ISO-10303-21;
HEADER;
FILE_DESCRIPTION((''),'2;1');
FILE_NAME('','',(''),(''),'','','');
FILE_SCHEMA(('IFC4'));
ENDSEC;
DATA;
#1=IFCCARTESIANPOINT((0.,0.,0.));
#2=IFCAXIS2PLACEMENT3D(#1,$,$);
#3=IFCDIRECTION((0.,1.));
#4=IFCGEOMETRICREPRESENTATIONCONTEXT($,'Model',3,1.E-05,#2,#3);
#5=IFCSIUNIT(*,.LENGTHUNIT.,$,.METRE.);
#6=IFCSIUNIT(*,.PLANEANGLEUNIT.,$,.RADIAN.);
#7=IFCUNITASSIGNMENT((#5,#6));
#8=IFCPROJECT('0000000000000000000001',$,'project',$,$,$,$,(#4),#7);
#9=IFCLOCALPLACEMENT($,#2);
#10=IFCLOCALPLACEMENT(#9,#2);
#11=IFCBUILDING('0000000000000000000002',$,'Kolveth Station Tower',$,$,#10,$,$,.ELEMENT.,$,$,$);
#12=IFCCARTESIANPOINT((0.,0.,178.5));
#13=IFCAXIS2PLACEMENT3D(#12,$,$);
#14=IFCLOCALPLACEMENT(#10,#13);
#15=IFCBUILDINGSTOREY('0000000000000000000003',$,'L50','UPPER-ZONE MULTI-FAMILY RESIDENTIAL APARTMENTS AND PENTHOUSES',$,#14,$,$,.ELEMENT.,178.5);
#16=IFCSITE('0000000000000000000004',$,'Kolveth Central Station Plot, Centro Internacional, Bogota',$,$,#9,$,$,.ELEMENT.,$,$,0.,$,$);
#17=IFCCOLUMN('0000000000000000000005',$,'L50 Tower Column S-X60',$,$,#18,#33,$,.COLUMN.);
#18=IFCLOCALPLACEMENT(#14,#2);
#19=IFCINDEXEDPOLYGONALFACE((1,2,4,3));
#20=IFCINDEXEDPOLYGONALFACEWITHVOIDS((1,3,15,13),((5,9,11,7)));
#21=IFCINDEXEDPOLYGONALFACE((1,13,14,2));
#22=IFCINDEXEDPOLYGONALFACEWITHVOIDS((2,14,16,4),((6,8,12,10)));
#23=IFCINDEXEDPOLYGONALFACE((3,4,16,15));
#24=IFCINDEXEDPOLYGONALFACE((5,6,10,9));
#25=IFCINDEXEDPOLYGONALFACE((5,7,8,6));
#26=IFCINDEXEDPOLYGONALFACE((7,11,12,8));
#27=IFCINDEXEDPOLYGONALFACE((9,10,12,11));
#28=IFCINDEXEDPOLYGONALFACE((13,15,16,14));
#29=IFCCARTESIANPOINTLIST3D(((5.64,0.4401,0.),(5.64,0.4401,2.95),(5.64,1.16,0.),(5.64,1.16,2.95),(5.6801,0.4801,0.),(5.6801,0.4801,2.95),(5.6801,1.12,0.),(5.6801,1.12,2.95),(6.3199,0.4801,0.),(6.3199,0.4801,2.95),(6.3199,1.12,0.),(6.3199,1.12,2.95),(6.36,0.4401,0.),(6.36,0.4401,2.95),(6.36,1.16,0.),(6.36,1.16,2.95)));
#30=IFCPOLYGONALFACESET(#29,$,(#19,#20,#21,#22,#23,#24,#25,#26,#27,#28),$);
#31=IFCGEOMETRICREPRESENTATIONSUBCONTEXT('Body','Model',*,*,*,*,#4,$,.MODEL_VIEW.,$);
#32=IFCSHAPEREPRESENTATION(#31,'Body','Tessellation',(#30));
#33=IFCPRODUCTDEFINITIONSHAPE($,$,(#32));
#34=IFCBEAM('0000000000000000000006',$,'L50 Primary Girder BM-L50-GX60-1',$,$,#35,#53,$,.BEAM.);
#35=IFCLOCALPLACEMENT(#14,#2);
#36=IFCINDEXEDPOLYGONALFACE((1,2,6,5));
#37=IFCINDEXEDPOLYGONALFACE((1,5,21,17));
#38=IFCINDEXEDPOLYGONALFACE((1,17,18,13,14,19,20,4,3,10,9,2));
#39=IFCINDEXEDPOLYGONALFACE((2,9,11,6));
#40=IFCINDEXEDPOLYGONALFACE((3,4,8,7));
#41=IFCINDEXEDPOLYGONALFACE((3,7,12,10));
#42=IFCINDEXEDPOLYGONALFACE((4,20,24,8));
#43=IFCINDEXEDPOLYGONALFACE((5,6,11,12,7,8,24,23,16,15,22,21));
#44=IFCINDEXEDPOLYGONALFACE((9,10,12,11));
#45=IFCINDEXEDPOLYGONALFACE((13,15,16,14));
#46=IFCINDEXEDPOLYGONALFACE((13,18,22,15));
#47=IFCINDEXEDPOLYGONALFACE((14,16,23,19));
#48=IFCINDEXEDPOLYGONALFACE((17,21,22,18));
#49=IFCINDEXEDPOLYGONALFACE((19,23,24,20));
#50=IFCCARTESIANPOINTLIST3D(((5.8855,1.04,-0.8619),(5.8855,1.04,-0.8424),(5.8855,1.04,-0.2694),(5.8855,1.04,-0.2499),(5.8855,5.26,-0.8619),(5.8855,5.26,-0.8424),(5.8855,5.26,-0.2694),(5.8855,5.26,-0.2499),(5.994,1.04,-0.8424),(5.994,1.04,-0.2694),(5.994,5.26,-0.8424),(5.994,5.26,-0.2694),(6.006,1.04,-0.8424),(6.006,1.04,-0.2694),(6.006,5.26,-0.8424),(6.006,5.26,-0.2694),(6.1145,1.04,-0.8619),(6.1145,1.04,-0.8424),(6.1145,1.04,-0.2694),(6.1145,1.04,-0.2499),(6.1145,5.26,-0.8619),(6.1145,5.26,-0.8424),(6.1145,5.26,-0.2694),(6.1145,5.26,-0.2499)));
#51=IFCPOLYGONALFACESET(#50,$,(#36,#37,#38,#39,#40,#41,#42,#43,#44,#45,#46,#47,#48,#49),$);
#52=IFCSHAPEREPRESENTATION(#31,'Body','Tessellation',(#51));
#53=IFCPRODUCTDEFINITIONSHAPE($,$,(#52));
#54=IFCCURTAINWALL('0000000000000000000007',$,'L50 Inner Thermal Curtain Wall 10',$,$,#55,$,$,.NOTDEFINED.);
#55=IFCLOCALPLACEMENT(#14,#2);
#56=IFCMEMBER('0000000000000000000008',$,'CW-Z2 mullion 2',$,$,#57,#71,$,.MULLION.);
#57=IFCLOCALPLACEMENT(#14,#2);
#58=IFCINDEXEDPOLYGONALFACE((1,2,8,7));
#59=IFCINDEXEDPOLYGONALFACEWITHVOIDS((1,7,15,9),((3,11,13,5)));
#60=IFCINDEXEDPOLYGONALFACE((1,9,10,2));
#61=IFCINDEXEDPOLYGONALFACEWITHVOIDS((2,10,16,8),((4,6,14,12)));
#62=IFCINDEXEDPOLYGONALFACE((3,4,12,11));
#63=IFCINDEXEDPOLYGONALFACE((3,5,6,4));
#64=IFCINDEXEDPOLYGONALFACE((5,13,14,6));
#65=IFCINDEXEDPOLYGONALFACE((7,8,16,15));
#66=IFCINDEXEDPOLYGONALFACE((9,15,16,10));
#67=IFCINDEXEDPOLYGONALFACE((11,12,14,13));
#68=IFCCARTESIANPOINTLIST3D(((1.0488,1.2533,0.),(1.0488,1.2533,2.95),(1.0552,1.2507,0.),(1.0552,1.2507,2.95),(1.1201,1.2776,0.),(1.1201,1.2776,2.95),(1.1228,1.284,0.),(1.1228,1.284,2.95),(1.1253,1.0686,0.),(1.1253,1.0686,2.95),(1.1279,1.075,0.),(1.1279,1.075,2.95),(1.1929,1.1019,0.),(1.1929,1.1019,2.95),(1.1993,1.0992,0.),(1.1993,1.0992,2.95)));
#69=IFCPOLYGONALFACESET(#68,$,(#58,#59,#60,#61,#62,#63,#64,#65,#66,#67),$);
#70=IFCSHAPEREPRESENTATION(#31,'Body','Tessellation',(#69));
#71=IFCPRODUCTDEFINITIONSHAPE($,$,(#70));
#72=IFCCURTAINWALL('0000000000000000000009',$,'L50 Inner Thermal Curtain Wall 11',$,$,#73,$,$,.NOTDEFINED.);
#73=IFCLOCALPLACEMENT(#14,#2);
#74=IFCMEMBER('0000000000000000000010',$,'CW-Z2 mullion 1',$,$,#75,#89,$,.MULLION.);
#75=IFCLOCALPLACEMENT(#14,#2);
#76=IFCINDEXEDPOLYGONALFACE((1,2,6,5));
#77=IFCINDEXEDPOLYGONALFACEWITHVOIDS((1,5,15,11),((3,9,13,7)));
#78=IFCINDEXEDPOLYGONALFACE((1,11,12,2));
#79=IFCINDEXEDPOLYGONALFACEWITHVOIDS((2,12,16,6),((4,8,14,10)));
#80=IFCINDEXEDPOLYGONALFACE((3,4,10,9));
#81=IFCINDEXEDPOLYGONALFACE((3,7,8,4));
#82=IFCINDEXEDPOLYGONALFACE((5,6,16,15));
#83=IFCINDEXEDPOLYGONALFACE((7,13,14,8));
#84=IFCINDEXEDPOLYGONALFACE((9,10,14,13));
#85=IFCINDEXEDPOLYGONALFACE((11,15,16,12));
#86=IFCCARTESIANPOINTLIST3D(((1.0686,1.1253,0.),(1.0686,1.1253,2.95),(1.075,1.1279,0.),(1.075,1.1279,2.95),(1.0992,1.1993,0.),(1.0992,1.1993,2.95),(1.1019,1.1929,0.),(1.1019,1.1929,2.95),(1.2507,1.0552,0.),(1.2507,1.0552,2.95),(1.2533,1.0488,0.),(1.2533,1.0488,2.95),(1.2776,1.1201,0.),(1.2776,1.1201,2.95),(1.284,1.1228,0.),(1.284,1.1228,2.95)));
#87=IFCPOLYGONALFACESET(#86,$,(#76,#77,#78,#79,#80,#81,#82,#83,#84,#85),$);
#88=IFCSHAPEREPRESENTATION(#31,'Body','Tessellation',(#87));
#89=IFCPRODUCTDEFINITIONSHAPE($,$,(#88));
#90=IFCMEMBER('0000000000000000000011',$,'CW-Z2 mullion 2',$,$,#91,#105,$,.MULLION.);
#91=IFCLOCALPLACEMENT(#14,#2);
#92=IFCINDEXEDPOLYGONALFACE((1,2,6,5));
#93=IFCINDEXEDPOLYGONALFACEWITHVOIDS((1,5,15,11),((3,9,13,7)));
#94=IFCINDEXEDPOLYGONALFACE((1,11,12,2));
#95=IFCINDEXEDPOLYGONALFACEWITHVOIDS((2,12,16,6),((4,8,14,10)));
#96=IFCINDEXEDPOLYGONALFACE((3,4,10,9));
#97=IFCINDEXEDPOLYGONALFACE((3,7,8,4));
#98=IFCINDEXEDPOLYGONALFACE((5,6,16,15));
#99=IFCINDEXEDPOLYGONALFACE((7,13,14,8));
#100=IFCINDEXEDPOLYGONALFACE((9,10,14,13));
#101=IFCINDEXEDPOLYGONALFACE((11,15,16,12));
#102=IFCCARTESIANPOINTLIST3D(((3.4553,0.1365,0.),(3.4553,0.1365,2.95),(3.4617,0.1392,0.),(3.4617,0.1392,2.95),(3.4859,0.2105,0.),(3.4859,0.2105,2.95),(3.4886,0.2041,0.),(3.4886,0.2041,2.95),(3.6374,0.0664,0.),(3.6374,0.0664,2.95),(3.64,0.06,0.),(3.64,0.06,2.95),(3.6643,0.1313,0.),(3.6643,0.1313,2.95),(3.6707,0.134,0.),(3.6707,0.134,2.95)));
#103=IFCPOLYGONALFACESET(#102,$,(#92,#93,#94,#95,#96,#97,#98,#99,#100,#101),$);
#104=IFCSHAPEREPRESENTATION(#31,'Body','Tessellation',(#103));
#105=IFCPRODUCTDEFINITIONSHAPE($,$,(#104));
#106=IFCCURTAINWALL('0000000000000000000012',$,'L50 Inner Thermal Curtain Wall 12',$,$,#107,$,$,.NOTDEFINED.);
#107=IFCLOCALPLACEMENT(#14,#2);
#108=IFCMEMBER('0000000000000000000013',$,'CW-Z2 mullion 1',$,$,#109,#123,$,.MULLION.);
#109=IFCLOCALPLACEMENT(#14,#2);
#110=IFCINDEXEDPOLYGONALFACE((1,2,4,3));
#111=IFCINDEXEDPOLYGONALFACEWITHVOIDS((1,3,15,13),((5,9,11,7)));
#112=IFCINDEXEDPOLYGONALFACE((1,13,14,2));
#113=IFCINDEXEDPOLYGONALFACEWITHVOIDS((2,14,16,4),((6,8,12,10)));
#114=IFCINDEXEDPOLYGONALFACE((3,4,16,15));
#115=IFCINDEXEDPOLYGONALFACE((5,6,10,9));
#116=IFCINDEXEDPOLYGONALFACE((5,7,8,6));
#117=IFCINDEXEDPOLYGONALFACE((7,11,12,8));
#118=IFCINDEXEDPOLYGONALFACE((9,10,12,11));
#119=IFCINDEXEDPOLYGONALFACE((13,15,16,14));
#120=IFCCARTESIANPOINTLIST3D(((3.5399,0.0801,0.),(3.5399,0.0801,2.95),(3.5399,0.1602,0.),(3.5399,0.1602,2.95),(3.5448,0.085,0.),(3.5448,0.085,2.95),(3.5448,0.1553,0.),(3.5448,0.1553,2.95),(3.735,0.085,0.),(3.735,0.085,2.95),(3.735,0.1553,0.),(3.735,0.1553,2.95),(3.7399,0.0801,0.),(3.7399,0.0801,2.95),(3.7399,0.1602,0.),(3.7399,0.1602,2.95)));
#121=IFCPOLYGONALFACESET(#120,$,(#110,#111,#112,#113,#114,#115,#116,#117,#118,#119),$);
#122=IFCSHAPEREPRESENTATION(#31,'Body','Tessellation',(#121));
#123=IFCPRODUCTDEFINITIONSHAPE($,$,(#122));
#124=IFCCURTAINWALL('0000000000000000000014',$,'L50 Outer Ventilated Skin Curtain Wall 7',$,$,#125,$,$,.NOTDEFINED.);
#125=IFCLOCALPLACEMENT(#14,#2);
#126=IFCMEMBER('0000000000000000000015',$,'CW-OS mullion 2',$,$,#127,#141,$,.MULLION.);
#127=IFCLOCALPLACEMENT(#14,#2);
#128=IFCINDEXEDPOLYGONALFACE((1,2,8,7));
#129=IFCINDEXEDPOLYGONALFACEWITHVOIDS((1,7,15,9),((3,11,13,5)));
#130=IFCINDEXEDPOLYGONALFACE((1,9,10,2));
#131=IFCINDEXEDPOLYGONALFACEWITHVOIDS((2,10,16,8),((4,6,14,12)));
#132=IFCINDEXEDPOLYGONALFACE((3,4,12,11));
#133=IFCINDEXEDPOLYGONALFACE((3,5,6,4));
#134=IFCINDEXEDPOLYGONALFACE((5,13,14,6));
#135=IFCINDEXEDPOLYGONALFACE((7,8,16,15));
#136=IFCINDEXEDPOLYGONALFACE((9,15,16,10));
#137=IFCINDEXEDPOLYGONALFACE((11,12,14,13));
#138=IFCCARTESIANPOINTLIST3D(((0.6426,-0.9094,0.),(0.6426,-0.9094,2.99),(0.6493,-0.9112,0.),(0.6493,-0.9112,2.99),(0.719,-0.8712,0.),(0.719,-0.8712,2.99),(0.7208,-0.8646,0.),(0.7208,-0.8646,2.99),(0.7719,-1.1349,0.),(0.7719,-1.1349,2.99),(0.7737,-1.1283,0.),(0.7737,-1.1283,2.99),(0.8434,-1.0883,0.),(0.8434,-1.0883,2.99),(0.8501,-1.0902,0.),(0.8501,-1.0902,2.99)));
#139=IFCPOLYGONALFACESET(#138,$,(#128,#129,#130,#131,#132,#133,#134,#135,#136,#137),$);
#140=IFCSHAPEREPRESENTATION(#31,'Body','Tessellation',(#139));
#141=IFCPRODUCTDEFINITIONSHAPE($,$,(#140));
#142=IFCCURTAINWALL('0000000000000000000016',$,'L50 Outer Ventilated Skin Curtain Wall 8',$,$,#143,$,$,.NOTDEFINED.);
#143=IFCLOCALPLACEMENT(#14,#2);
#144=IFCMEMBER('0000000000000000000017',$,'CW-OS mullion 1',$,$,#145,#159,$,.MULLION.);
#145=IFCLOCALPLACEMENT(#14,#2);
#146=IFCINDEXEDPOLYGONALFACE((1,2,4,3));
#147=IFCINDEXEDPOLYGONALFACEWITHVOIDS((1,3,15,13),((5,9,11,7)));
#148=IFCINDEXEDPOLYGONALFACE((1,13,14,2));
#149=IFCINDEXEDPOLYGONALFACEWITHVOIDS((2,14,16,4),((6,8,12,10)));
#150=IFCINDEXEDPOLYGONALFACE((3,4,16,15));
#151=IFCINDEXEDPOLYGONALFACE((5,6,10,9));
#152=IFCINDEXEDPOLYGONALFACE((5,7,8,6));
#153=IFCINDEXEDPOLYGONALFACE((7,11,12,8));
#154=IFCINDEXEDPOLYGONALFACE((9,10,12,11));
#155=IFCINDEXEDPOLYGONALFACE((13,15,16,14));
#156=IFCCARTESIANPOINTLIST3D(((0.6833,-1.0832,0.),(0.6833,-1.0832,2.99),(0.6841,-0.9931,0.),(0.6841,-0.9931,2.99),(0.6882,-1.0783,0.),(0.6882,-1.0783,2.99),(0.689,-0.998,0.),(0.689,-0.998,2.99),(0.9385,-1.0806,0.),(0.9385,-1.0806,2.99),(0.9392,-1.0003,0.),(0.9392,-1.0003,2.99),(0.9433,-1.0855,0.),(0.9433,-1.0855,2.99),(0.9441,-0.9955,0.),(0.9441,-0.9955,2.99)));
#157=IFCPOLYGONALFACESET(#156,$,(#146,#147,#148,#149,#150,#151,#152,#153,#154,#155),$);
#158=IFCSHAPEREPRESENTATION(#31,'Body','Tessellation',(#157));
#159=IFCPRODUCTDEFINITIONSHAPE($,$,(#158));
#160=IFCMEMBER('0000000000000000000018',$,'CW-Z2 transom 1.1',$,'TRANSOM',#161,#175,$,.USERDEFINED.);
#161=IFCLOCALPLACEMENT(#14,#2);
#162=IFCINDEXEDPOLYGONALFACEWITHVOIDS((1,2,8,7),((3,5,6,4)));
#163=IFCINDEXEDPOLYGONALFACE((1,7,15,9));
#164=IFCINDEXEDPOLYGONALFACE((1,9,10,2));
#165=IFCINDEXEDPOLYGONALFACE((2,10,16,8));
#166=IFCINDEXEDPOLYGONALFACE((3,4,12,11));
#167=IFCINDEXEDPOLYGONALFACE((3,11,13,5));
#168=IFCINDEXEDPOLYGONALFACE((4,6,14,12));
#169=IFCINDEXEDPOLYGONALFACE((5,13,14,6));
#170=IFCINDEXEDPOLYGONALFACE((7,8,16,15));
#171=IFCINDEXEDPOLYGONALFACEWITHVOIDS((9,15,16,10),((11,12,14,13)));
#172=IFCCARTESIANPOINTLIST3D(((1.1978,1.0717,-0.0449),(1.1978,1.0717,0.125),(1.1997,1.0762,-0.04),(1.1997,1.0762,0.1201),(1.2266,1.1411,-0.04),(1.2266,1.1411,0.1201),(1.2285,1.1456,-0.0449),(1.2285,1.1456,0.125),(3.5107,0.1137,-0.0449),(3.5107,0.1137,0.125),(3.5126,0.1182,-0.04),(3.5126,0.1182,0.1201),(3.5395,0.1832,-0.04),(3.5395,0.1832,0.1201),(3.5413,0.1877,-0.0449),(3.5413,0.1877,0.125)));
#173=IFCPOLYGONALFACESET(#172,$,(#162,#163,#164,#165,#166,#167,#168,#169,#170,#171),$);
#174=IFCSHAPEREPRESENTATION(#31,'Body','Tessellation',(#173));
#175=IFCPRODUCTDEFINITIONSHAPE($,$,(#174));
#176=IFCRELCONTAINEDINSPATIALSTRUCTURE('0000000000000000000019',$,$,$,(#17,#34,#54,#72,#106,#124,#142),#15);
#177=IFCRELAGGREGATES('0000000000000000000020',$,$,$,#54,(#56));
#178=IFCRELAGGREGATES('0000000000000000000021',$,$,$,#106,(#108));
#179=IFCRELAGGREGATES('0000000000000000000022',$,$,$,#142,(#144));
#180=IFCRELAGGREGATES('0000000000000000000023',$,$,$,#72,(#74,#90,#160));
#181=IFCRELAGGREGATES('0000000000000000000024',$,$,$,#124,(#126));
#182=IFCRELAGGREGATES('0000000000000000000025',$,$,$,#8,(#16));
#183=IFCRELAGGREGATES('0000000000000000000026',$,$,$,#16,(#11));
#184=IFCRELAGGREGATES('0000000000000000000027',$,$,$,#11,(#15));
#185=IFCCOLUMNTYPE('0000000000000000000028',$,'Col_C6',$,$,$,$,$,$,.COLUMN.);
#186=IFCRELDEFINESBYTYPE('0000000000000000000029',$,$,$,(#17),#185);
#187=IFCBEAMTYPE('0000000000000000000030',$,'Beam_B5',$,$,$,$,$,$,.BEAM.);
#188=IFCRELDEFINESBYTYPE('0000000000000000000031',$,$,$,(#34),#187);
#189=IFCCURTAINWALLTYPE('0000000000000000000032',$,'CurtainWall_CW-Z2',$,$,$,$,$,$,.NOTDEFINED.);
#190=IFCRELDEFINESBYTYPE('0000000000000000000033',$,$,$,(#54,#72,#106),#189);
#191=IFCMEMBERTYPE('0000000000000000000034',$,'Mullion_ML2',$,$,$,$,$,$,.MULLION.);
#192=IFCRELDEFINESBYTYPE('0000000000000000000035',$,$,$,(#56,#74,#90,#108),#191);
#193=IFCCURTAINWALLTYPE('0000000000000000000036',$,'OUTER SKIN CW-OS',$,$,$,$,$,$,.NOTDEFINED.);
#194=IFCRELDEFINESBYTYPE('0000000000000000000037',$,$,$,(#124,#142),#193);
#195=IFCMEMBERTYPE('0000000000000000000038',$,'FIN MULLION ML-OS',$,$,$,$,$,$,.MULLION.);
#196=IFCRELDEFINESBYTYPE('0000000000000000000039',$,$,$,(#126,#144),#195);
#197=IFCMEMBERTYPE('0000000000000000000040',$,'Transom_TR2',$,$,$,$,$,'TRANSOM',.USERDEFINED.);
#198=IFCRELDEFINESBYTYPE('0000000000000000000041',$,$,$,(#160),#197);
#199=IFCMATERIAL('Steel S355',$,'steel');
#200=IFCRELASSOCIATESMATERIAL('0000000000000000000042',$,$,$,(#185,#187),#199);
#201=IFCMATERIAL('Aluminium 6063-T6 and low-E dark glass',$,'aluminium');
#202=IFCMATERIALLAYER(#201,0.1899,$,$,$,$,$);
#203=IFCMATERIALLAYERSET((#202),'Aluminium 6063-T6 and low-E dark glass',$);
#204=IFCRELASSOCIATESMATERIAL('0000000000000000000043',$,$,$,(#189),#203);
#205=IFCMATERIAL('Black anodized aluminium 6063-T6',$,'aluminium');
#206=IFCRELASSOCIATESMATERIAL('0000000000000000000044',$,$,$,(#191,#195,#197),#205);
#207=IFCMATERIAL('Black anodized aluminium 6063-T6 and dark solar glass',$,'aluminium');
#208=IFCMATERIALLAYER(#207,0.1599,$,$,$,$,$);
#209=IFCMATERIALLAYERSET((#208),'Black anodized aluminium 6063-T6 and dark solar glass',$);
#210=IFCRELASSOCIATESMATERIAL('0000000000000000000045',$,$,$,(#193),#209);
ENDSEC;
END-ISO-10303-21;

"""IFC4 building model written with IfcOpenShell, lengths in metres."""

from ifc_helpers import new_model, si_unit, direction, frame, origin, origin_2d, place, context, subcontext, project, spatial, hollow_rectangle, i_section, extrude, source, transform, mapped, material, layer, layer_set, material_profile, profile_set, type_object, element, aggregate, save


model = new_model("IFC4")

# Units and contexts
model_context = context("Model", 3, precision=1e-05, world=origin(), true_north=direction((0.0, 1.0)))
body_context = subcontext(model_context, "Body", "Model", "MODEL_VIEW")
ifc_project = project(units=[si_unit("LENGTHUNIT", "METRE"), si_unit("PLANEANGLEUNIT", "RADIAN")], contexts=[model_context])

# Site, building, storey
site_placement = place(None, origin())
site = spatial("IfcSite", under=ifc_project, at=site_placement, Name="Kolveth Central Station Plot, Centro Internacional, Bogota", CompositionType="ELEMENT", RefElevation=0.0)
building_placement = place(site_placement, origin())
building = spatial("IfcBuilding", under=site, at=building_placement, Name="Kolveth Station Tower", CompositionType="ELEMENT")
storey_placement = place(building_placement, frame((0.0, 0.0, 178.5)))
storey = spatial("IfcBuildingStorey", under=building, at=storey_placement, Name="L50", Description="UPPER-ZONE MULTI-FAMILY RESIDENTIAL APARTMENTS AND PENTHOUSES", CompositionType="ELEMENT", Elevation=178.5)

# Column
ifc_material_1 = material(Name="Steel S355", Category="steel")
ifc_material_profile_1 = material_profile(ifc_material_1, hollow_rectangle(XDim=0.72, YDim=0.72, WallThickness=0.04, at=origin_2d()), Name="BOX720x720x40")
ifc_profile_set_1 = profile_set([ifc_material_profile_1], Name="Steel S355")
column_type = type_object("IfcColumnType", Name="Col_C6", PredefinedType="COLUMN", material=ifc_profile_set_1)
shared_shape_1 = source(origin(), body_context, "Body", "SweptSolid", [
    extrude(hollow_rectangle(XDim=0.72, YDim=0.72, WallThickness=0.04, at=origin_2d()), origin(), (0.0, 0.0, 1.0), 2.95),
])
column_placement = place(storey_placement, frame((6.0, 0.8, 0.0), z_axis=(0.0, 0.0, 1.0), x_axis=(1.0, 0.0, 0.0)))
element("IfcColumn", 1, at=column_placement, inside=storey, type_object=column_type, Name="L50 Tower Column S-X60", PredefinedType="COLUMN", context=body_context, shape_type="MappedRepresentation", body=[
    mapped(shared_shape_1, transform((0.0, 0.0, 0.0), x_axis=(1.0, 0.0, 0.0), y_axis=(0.0, 1.0, 0.0), z_axis=(0.0, 0.0, 1.0), scale=1.0)),
])

# Beam
ifc_material_profile_2 = material_profile(ifc_material_1, i_section(OverallWidth=0.229, OverallDepth=0.6121, WebThickness=0.012, FlangeThickness=0.0195, at=origin_2d()), Name="W610x125")
ifc_profile_set_2 = profile_set([ifc_material_profile_2], Name="Steel S355")
beam_type = type_object("IfcBeamType", Name="Beam_B5", PredefinedType="BEAM", material=ifc_profile_set_2)
shared_shape_2 = source(origin(), body_context, "Body", "SweptSolid", [
    extrude(i_section(OverallWidth=0.229, OverallDepth=0.6121, WebThickness=0.012, FlangeThickness=0.0195, at=origin_2d()), origin(), (0.0, 0.0, 1.0), 4.22),
])
beam_placement = place(storey_placement, frame((6.0, 1.04, -0.5559), z_axis=(0.0, 1.0, 0.0), x_axis=(-1.0, 0.0, 0.0)))
element("IfcBeam", 2, at=beam_placement, inside=storey, type_object=beam_type, Name="L50 Primary Girder BM-L50-GX60-1", PredefinedType="BEAM", context=body_context, shape_type="MappedRepresentation", body=[
    mapped(shared_shape_2, transform((0.0, 0.0, 0.0), x_axis=(1.0, 0.0, 0.0), y_axis=(0.0, 1.0, 0.0), z_axis=(0.0, 0.0, 1.0), scale=1.0)),
])

# Curtain wall, member
ifc_material_2 = material(Name="Aluminium 6063-T6 and low-E dark glass", Category="aluminium")
ifc_layer_1 = layer(ifc_material_2, 0.1899)
ifc_layer_set_1 = layer_set([ifc_layer_1], Name="Aluminium 6063-T6 and low-E dark glass")
curtain_wall_type_1 = type_object("IfcCurtainWallType", Name="CurtainWall_CW-Z2", PredefinedType="NOTDEFINED", material=ifc_layer_set_1)
curtain_wall_1_placement = place(storey_placement, origin())
curtain_wall_1 = element("IfcCurtainWall", 3, at=curtain_wall_1_placement, inside=storey, type_object=curtain_wall_type_1, Name="L50 Inner Thermal Curtain Wall 10", PredefinedType="NOTDEFINED")
ifc_material_3 = material(Name="Black anodized aluminium 6063-T6", Category="aluminium")
ifc_material_profile_3 = material_profile(ifc_material_3, hollow_rectangle(XDim=0.0801, YDim=0.2, WallThickness=0.0049, at=origin_2d()), Name="ALU-80x200x5")
ifc_profile_set_3 = profile_set([ifc_material_profile_3], Name="Black anodized aluminium 6063-T6")
member_type_1 = type_object("IfcMemberType", Name="Mullion_ML2", PredefinedType="MULLION", material=ifc_profile_set_3)
shared_shape_3 = source(origin(), body_context, "Body", "SweptSolid", [
    extrude(hollow_rectangle(XDim=0.0801, YDim=0.2, WallThickness=0.0049, at=origin_2d()), origin(), (0.0, 0.0, 1.0), 2.95),
])
member_1_placement = place(storey_placement, frame((1.124, 1.1763, 0.0), z_axis=(0.0, 0.0, 1.0), x_axis=(0.923874, 0.382698, 0.0)))
member_1 = element("IfcMember", 4, at=member_1_placement, type_object=member_type_1, Name="CW-Z2 mullion 2", PredefinedType="MULLION", context=body_context, shape_type="MappedRepresentation", body=[
    mapped(shared_shape_3, transform((0.0, 0.0, 0.0), x_axis=(1.0, 0.0, 0.0), y_axis=(0.0, 1.0, 0.0), z_axis=(0.0, 0.0, 1.0), scale=1.0)),
])
aggregate(curtain_wall_1, [member_1])

# Curtain wall, members
curtain_wall_2_placement = place(storey_placement, origin())
curtain_wall_2 = element("IfcCurtainWall", 5, at=curtain_wall_2_placement, inside=storey, type_object=curtain_wall_type_1, Name="L50 Inner Thermal Curtain Wall 11", PredefinedType="NOTDEFINED")
member_2_placement = place(storey_placement, frame((1.1763, 1.124, 0.0), z_axis=(0.0, 0.0, 1.0), x_axis=(0.382698, 0.923874, 0.0)))
member_2 = element("IfcMember", 6, at=member_2_placement, type_object=member_type_1, Name="CW-Z2 mullion 1", PredefinedType="MULLION", context=body_context, shape_type="MappedRepresentation", body=[
    mapped(shared_shape_3, transform((0.0, 0.0, 0.0), x_axis=(1.0, 0.0, 0.0), y_axis=(0.0, 1.0, 0.0), z_axis=(0.0, 0.0, 1.0), scale=1.0)),
])
member_3_placement = place(storey_placement, frame((3.563, 0.1353, 0.0), z_axis=(0.0, 0.0, 1.0), x_axis=(0.382698, 0.923874, 0.0)))
member_3 = element("IfcMember", 7, at=member_3_placement, type_object=member_type_1, Name="CW-Z2 mullion 2", PredefinedType="MULLION", context=body_context, shape_type="MappedRepresentation", body=[
    mapped(shared_shape_3, transform((0.0, 0.0, 0.0), x_axis=(1.0, 0.0, 0.0), y_axis=(0.0, 1.0, 0.0), z_axis=(0.0, 0.0, 1.0), scale=1.0)),
])

# Curtain walls, members
curtain_wall_3_placement = place(storey_placement, origin())
curtain_wall_3 = element("IfcCurtainWall", 8, at=curtain_wall_3_placement, inside=storey, type_object=curtain_wall_type_1, Name="L50 Inner Thermal Curtain Wall 12", PredefinedType="NOTDEFINED")
member_4_placement = place(storey_placement, frame((3.6399, 0.1201, 0.0), z_axis=(0.0, 0.0, 1.0), x_axis=(0.0, 1.0, 0.0)))
member_4 = element("IfcMember", 9, at=member_4_placement, type_object=member_type_1, Name="CW-Z2 mullion 1", PredefinedType="MULLION", context=body_context, shape_type="MappedRepresentation", body=[
    mapped(shared_shape_3, transform((0.0, 0.0, 0.0), x_axis=(1.0, 0.0, 0.0), y_axis=(0.0, 1.0, 0.0), z_axis=(0.0, 0.0, 1.0), scale=1.0)),
])
ifc_material_4 = material(Name="Black anodized aluminium 6063-T6 and dark solar glass", Category="aluminium")
ifc_layer_2 = layer(ifc_material_4, 0.1599)
ifc_layer_set_2 = layer_set([ifc_layer_2], Name="Black anodized aluminium 6063-T6 and dark solar glass")
curtain_wall_type_2 = type_object("IfcCurtainWallType", Name="OUTER SKIN CW-OS", PredefinedType="NOTDEFINED", material=ifc_layer_set_2)
curtain_wall_4_placement = place(storey_placement, origin())
curtain_wall_4 = element("IfcCurtainWall", 10, at=curtain_wall_4_placement, inside=storey, type_object=curtain_wall_type_2, Name="L50 Outer Ventilated Skin Curtain Wall 7", PredefinedType="NOTDEFINED")
ifc_material_profile_4 = material_profile(ifc_material_3, hollow_rectangle(XDim=0.0901, YDim=0.26, WallThickness=0.0049, at=origin_2d()), Name="ALU-90x260x5")
ifc_profile_set_4 = profile_set([ifc_material_profile_4], Name="Black anodized aluminium 6063-T6")
member_type_2 = type_object("IfcMemberType", Name="FIN MULLION ML-OS", PredefinedType="MULLION", material=ifc_profile_set_4)
shared_shape_4 = source(origin(), body_context, "Body", "SweptSolid", [
    extrude(hollow_rectangle(XDim=0.0901, YDim=0.26, WallThickness=0.0049, at=origin_2d()), origin(), (0.0, 0.0, 1.0), 2.99),
])
member_5_placement = place(storey_placement, frame((0.7463, -0.9998, 0.0), z_axis=(0.0, 0.0, 1.0), x_axis=(0.867629, 0.497213, 0.0)))
member_5 = element("IfcMember", 11, at=member_5_placement, type_object=member_type_2, Name="CW-OS mullion 2", PredefinedType="MULLION", context=body_context, shape_type="MappedRepresentation", body=[
    mapped(shared_shape_4, transform((0.0, 0.0, 0.0), x_axis=(1.0, 0.0, 0.0), y_axis=(0.0, 1.0, 0.0), z_axis=(0.0, 0.0, 1.0), scale=1.0)),
])
curtain_wall_5_placement = place(storey_placement, origin())
curtain_wall_5 = element("IfcCurtainWall", 12, at=curtain_wall_5_placement, inside=storey, type_object=curtain_wall_type_2, Name="L50 Outer Ventilated Skin Curtain Wall 8", PredefinedType="NOTDEFINED")
member_6_placement = place(storey_placement, frame((0.8137, -1.0393, 0.0), z_axis=(0.0, 0.0, 1.0), x_axis=(0.009203, 0.999958, 0.0)))
member_6 = element("IfcMember", 13, at=member_6_placement, type_object=member_type_2, Name="CW-OS mullion 1", PredefinedType="MULLION", context=body_context, shape_type="MappedRepresentation", body=[
    mapped(shared_shape_4, transform((0.0, 0.0, 0.0), x_axis=(1.0, 0.0, 0.0), y_axis=(0.0, 1.0, 0.0), z_axis=(0.0, 0.0, 1.0), scale=1.0)),
])

# Member
ifc_material_profile_5 = material_profile(ifc_material_3, hollow_rectangle(XDim=0.0801, YDim=0.1699, WallThickness=0.0049, at=origin_2d()), Name="ALU-80x170x5")
ifc_profile_set_5 = profile_set([ifc_material_profile_5], Name="Black anodized aluminium 6063-T6")
member_type_3 = type_object("IfcMemberType", Name="Transom_TR2", ElementType="TRANSOM", PredefinedType="USERDEFINED", material=ifc_profile_set_5)
shared_shape_5 = source(origin(), body_context, "Body", "SweptSolid", [
    extrude(hollow_rectangle(XDim=0.0801, YDim=0.1699, WallThickness=0.0049, at=origin_2d()), origin(), (0.0, 0.0, 1.0), 2.5034),
])
member_7_placement = place(storey_placement, frame((1.2131, 1.1086, 0.04), z_axis=(0.923888, -0.382662, 0.0), x_axis=(0.382662, 0.923888, 0.0)))
member_7 = element("IfcMember", 14, at=member_7_placement, type_object=member_type_3, Name="CW-Z2 transom 1.1", ObjectType="TRANSOM", PredefinedType="USERDEFINED", context=body_context, shape_type="MappedRepresentation", body=[
    mapped(shared_shape_5, transform((0.0, 0.0, 0.0), x_axis=(1.0, 0.0, 0.0), y_axis=(0.0, 1.0, 0.0), z_axis=(0.0, 0.0, 1.0), scale=1.0)),
])
aggregate(curtain_wall_3, [member_4])
aggregate(curtain_wall_5, [member_6])

aggregate(curtain_wall_2, [member_2, member_3, member_7])
aggregate(curtain_wall_4, [member_5])

save(model, "model.ifc")
